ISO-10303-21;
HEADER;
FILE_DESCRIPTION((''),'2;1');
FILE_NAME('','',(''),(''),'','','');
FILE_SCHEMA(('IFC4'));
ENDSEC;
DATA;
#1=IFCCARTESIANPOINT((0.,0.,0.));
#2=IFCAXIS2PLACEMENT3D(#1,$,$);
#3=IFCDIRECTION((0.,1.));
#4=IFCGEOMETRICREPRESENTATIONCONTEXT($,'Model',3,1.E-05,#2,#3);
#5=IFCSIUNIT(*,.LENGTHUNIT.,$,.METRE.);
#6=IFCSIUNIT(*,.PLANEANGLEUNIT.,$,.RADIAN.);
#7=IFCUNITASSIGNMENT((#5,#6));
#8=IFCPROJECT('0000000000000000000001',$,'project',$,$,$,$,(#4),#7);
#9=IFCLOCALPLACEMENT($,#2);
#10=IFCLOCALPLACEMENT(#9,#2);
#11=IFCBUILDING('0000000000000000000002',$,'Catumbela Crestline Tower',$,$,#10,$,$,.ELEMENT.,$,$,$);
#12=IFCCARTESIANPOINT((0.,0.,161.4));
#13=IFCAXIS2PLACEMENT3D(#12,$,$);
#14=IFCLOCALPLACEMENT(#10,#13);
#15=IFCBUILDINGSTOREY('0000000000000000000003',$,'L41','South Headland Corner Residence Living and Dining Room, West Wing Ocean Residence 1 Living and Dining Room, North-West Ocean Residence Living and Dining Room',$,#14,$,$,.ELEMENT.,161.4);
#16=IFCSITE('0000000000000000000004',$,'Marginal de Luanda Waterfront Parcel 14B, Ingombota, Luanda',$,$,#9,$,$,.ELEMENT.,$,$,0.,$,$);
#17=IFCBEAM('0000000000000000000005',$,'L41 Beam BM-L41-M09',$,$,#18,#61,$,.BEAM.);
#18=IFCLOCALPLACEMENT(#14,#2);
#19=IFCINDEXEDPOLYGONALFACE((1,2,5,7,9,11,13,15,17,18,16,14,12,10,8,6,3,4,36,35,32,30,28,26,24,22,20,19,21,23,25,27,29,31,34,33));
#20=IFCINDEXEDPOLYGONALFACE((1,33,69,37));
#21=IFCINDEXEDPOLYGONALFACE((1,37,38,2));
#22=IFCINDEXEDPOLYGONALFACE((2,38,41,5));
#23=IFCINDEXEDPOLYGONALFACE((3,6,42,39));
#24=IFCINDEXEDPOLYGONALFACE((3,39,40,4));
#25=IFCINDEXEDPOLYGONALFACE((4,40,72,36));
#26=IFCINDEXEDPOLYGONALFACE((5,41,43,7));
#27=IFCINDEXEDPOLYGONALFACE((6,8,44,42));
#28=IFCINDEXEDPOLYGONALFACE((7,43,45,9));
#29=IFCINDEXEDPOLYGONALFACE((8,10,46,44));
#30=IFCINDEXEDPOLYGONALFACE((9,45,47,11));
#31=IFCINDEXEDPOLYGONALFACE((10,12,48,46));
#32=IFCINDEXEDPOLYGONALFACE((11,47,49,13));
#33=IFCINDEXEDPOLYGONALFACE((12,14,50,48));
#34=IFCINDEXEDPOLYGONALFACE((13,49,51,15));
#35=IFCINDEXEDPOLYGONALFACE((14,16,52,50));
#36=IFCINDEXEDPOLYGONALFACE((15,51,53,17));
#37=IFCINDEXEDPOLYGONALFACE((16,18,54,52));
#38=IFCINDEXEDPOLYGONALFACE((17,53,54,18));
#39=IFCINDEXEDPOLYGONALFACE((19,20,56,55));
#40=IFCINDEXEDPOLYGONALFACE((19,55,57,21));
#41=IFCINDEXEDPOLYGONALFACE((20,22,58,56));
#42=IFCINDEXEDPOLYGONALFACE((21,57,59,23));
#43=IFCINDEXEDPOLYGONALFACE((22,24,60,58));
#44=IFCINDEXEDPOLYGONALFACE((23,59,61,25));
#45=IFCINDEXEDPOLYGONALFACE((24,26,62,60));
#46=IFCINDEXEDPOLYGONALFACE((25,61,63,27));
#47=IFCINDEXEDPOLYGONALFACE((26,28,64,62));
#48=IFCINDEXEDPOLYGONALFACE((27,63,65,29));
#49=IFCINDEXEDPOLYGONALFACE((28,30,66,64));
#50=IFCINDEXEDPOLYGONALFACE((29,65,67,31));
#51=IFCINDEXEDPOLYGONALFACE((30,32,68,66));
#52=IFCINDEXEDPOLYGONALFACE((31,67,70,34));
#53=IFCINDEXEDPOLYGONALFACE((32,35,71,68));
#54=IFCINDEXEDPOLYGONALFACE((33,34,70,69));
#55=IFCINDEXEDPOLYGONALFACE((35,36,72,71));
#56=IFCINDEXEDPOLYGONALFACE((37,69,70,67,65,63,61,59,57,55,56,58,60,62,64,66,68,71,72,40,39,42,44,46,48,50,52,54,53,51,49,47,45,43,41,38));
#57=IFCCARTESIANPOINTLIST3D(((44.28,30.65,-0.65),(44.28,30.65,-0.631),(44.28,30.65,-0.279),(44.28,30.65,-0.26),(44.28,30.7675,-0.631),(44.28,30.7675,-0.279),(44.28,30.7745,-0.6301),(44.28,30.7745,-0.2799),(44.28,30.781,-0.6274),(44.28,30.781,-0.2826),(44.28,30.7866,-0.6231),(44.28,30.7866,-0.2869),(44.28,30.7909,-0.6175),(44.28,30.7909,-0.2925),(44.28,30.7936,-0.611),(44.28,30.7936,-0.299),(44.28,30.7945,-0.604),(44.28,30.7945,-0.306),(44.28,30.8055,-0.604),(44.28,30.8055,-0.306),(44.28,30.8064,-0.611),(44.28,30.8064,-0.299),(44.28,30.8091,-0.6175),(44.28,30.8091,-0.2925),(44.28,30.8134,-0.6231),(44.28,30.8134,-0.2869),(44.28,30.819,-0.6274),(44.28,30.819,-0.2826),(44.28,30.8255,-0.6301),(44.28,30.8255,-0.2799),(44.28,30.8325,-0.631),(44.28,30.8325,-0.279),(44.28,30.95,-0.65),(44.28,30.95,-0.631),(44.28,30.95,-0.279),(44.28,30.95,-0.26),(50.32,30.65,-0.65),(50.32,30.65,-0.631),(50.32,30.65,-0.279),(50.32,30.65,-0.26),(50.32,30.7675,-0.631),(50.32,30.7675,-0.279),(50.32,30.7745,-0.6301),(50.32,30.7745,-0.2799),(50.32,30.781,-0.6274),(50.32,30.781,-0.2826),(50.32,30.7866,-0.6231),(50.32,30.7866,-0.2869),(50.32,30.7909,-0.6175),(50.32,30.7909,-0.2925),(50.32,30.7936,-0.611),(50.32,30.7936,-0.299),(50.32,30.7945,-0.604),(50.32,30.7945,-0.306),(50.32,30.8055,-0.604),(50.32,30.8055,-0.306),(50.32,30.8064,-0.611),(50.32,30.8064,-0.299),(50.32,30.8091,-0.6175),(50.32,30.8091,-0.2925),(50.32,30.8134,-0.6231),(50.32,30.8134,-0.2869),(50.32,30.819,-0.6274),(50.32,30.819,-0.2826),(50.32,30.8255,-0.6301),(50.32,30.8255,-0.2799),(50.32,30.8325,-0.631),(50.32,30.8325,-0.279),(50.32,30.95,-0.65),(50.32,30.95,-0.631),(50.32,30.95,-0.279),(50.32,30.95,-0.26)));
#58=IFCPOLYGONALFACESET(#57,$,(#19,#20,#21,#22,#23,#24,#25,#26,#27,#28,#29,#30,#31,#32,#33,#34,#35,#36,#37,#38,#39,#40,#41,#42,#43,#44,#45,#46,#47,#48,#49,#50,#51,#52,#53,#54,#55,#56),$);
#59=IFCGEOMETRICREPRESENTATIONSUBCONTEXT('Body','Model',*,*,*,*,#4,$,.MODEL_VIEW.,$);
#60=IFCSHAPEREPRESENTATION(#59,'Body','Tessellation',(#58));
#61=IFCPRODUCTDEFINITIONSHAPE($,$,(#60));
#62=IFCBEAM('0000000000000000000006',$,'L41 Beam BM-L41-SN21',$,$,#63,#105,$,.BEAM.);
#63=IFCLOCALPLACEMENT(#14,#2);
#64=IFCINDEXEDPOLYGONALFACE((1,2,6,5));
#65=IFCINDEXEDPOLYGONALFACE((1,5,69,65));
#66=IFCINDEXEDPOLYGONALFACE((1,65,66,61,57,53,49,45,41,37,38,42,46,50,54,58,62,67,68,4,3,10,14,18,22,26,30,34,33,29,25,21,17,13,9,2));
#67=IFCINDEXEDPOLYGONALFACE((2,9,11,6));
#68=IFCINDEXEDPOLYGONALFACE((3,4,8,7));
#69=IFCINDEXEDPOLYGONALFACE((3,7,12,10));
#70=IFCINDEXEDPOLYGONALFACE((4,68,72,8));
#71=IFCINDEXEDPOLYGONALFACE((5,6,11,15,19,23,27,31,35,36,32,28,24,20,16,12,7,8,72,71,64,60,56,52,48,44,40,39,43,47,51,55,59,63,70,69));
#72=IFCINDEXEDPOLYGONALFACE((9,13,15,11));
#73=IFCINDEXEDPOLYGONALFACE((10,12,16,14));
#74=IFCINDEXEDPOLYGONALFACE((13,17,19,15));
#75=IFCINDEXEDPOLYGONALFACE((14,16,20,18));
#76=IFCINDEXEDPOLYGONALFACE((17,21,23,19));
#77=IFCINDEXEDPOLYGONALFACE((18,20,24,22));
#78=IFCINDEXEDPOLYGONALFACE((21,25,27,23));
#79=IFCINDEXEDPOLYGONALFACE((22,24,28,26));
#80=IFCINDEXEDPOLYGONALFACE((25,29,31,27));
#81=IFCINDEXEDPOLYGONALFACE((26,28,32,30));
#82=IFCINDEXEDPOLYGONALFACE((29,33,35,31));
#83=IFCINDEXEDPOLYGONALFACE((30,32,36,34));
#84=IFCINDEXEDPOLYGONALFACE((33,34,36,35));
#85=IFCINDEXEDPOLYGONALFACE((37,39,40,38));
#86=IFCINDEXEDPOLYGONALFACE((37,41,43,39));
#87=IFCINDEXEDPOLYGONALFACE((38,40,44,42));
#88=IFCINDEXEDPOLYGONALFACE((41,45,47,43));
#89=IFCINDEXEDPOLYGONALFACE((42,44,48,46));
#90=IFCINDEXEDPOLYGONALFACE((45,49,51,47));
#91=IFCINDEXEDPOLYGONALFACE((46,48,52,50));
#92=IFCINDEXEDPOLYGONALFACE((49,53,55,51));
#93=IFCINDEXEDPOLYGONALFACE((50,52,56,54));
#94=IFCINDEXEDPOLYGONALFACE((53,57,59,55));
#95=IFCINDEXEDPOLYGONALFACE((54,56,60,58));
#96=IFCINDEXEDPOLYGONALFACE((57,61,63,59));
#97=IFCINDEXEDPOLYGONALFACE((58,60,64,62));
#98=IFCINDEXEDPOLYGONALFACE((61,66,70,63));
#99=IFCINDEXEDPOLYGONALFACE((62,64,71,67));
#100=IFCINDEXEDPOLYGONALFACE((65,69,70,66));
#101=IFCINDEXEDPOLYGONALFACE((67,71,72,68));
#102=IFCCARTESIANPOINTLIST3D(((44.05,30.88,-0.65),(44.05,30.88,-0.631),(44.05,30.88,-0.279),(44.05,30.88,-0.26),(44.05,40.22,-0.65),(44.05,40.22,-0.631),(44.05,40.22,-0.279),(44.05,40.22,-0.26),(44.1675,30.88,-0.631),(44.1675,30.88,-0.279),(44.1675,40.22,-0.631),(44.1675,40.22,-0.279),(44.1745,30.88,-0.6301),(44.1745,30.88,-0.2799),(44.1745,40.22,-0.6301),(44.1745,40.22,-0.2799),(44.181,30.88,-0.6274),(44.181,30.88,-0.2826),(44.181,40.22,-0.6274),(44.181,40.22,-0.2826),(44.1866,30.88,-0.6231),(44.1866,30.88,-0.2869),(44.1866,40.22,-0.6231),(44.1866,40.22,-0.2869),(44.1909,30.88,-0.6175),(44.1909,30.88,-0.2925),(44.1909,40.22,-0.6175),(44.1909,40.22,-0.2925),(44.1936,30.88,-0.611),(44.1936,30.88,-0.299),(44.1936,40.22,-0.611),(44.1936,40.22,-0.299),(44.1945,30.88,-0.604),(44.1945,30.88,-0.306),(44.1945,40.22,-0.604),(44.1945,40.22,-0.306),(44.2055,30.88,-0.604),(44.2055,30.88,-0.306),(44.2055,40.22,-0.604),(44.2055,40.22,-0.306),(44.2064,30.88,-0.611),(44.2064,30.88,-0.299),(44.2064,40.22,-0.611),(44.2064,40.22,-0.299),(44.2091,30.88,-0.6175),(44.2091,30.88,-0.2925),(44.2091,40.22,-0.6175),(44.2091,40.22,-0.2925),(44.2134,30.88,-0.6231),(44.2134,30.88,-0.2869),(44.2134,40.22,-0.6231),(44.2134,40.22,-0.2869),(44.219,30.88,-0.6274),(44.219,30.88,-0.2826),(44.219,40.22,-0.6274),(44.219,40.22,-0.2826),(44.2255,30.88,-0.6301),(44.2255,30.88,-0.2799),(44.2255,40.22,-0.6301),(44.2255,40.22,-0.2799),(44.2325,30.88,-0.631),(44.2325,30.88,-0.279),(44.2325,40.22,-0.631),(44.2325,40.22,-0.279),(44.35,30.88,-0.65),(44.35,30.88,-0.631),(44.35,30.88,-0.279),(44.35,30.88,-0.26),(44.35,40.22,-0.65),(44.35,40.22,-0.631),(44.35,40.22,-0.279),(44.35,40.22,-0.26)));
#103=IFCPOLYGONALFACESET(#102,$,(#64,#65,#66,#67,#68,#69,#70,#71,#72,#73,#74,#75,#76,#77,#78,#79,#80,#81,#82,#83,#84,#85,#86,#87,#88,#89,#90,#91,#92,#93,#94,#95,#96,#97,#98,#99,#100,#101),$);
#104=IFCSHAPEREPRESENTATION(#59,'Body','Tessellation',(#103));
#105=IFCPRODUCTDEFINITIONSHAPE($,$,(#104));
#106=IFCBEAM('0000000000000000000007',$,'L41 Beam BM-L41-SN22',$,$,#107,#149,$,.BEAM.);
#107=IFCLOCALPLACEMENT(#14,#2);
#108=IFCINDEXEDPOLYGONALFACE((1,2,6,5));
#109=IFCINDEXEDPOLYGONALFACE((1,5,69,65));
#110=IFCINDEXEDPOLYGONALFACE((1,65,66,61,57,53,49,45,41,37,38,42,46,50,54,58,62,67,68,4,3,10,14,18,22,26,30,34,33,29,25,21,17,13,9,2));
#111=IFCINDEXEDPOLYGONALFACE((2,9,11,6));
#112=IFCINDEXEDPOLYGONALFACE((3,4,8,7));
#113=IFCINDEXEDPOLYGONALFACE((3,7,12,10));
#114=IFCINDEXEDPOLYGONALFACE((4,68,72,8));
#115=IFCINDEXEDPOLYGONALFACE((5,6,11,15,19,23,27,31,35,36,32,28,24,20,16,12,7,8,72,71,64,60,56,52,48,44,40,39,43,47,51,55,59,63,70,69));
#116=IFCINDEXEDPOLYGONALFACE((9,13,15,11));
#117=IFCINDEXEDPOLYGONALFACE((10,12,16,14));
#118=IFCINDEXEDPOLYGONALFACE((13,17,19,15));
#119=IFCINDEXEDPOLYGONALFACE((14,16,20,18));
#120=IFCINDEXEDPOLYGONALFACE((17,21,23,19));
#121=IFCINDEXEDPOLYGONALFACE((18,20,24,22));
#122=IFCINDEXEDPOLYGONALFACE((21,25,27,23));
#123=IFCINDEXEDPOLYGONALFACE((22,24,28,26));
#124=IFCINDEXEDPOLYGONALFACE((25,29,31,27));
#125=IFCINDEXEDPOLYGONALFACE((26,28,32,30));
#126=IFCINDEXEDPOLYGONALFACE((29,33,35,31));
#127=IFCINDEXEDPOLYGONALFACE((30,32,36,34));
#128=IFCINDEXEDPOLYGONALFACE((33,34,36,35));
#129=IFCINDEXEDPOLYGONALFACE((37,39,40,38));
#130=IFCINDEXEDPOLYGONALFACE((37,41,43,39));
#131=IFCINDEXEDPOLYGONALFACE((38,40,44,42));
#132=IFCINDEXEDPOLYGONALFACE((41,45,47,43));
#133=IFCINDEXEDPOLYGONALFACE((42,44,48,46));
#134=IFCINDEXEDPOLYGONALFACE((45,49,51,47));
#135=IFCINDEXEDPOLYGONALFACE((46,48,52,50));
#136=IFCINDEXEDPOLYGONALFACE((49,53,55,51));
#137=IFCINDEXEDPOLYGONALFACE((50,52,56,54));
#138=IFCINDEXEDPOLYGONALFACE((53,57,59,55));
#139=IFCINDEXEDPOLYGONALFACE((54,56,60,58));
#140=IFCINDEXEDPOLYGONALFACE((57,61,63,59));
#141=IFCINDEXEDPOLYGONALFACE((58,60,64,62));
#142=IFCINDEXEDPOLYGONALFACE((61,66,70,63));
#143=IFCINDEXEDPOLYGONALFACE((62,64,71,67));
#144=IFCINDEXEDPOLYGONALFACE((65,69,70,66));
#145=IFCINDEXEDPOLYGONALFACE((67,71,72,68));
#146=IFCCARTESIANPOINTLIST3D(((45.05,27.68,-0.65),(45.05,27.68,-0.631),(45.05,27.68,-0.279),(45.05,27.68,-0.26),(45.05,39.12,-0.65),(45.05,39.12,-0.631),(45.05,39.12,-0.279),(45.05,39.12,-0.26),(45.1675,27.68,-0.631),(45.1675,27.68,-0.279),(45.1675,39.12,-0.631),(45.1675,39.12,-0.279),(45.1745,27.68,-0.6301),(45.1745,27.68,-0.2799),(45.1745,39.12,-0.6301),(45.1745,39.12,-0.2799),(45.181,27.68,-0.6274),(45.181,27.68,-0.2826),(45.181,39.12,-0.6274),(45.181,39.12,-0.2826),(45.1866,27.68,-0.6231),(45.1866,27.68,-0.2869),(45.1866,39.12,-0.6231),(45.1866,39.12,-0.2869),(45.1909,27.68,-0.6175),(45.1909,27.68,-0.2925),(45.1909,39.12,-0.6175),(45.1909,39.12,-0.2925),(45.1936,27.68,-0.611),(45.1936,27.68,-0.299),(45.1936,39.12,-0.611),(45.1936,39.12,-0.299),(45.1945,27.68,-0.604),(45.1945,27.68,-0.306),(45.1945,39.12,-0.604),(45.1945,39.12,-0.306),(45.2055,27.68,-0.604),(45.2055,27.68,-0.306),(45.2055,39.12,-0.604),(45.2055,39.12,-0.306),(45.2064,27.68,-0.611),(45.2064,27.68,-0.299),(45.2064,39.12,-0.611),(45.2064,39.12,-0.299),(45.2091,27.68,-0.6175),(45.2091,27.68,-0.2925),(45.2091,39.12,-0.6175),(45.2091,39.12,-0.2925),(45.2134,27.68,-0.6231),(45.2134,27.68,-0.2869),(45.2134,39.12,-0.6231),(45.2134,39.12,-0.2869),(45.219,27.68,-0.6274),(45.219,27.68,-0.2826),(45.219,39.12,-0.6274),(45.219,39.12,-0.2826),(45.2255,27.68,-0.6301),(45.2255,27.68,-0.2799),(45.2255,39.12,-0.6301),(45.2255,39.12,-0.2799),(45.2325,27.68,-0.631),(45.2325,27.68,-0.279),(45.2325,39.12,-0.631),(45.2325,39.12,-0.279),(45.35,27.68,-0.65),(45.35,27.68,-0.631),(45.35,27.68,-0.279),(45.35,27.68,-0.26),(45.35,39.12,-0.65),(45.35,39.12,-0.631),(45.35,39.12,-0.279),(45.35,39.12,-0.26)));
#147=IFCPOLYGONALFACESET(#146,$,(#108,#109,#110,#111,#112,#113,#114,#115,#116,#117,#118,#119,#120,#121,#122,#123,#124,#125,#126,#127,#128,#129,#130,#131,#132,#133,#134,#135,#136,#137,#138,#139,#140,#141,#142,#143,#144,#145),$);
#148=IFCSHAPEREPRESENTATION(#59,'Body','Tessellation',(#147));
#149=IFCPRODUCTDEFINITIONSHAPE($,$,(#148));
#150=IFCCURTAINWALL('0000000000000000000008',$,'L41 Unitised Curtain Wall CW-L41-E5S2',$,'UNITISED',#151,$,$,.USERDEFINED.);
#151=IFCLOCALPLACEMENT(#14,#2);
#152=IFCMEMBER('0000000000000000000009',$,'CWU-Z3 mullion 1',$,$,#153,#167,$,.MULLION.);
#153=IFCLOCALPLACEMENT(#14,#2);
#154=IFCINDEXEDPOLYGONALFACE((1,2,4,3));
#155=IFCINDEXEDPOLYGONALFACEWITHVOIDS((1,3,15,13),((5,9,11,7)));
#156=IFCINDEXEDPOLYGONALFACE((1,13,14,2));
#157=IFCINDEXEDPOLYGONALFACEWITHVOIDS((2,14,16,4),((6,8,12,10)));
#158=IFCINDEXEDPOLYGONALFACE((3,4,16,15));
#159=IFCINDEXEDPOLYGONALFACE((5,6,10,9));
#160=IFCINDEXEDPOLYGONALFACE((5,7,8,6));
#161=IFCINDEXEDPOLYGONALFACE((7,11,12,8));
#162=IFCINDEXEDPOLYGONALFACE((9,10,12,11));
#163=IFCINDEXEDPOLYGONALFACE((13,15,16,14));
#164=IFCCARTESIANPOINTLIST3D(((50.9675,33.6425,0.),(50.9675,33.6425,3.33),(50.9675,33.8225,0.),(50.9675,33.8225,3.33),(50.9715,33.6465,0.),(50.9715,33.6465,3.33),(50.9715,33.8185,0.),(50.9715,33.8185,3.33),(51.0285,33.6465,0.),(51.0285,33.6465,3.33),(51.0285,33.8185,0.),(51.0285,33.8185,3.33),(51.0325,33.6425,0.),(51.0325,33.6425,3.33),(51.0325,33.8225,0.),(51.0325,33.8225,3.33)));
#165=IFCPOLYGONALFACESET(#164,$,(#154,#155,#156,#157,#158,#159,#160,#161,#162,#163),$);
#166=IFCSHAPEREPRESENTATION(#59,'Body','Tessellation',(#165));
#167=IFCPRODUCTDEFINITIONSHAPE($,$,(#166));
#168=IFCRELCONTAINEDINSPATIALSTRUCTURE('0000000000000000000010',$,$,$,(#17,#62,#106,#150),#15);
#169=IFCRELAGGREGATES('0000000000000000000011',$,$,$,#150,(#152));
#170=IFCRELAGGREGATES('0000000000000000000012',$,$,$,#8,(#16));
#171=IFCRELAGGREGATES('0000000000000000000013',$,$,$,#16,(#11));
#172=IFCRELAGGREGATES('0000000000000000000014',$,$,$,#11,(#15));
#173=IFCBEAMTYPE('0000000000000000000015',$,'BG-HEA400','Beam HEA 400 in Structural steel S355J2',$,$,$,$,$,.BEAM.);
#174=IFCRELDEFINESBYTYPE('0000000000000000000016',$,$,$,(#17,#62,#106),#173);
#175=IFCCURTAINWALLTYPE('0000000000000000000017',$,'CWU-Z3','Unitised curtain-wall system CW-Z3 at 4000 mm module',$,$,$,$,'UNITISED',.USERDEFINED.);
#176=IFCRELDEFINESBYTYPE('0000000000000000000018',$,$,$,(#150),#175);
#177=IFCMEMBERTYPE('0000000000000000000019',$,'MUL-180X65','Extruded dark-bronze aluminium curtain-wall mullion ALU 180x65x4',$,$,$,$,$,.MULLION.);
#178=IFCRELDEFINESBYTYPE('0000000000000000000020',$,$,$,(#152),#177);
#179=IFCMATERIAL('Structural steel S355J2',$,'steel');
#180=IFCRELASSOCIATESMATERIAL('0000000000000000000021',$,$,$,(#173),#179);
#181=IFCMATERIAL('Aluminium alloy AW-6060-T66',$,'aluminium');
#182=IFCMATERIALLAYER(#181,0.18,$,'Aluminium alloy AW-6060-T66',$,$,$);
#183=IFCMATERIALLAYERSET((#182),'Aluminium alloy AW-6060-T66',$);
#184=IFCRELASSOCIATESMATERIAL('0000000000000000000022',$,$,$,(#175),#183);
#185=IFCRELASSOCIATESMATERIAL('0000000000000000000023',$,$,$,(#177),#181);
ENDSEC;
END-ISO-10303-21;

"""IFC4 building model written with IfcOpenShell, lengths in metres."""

from ifc_helpers import new_model, si_unit, direction, frame, origin, origin_2d, place, context, subcontext, project, spatial, hollow_rectangle, i_section, extrude, material, layer, layer_set, material_profile, profile_set, type_object, element, aggregate, save


model = new_model("IFC4")

# Units and contexts
model_context = context("Model", 3, precision=1e-05, world=origin(), true_north=direction((0.0, 1.0)))
body_context = subcontext(model_context, "Body", "Model", "MODEL_VIEW")
ifc_project = project(units=[si_unit("LENGTHUNIT", "METRE"), si_unit("PLANEANGLEUNIT", "RADIAN")], contexts=[model_context])

# Site, building, storey
site_placement = place(None, origin())
site = spatial("IfcSite", under=ifc_project, at=site_placement, Name="Marginal de Luanda Waterfront Parcel 14B, Ingombota, Luanda", CompositionType="ELEMENT", RefElevation=0.0)
building_placement = place(site_placement, origin())
building = spatial("IfcBuilding", under=site, at=building_placement, Name="Catumbela Crestline Tower", CompositionType="ELEMENT")
storey_placement = place(building_placement, frame((0.0, 0.0, 161.4)))
storey = spatial("IfcBuildingStorey", under=building, at=storey_placement, Name="L41", Description="South Headland Corner Residence Living and Dining Room, West Wing Ocean Residence 1 Living and Dining Room, North-West Ocean Residence Living and Dining Room", CompositionType="ELEMENT", Elevation=161.4)

# Shared definitions
ifc_material_1 = material(Name="Structural steel S355J2", Category="steel")

# Beams
ifc_material_profile_1 = material_profile(ifc_material_1, i_section(OverallWidth=0.3, OverallDepth=0.39, WebThickness=0.011, FlangeThickness=0.019, FilletRadius=0.027, at=origin_2d()), Name="HEA 400")
ifc_profile_set_1 = profile_set([ifc_material_profile_1], Name="Structural steel S355J2")
beam_type_1 = type_object("IfcBeamType", Name="BG-HEA400", Description="Beam HEA 400 in Structural steel S355J2", PredefinedType="BEAM", material=ifc_profile_set_1)
beam_1_placement = place(storey_placement, frame((44.28, 30.8, -0.455), z_axis=(1.0, 0.0, 0.0), x_axis=(0.0, 1.0, 0.0)))
element("IfcBeam", 1, at=beam_1_placement, inside=storey, type_object=beam_type_1, Name="L41 Beam BM-L41-M09", PredefinedType="BEAM", context=body_context, shape_type="SweptSolid", body=[
    extrude(i_section(OverallWidth=0.3, OverallDepth=0.39, WebThickness=0.011, FlangeThickness=0.019, FilletRadius=0.027, at=origin_2d()), origin(), (0.0, 0.0, 1.0), 6.04),
])
beam_2_placement = place(storey_placement, frame((44.2, 30.88, -0.455), z_axis=(0.0, 1.0, 0.0), x_axis=(-1.0, 0.0, 0.0)))
element("IfcBeam", 2, at=beam_2_placement, inside=storey, type_object=beam_type_1, Name="L41 Beam BM-L41-SN21", PredefinedType="BEAM", context=body_context, shape_type="SweptSolid", body=[
    extrude(i_section(OverallWidth=0.3, OverallDepth=0.39, WebThickness=0.011, FlangeThickness=0.019, FilletRadius=0.027, at=origin_2d()), origin(), (0.0, 0.0, 1.0), 9.34),
])
beam_3_placement = place(storey_placement, frame((45.2, 27.68, -0.455), z_axis=(0.0, 1.0, 0.0), x_axis=(-1.0, 0.0, 0.0)))
element("IfcBeam", 3, at=beam_3_placement, inside=storey, type_object=beam_type_1, Name="L41 Beam BM-L41-SN22", PredefinedType="BEAM", context=body_context, shape_type="SweptSolid", body=[
    extrude(i_section(OverallWidth=0.3, OverallDepth=0.39, WebThickness=0.011, FlangeThickness=0.019, FilletRadius=0.027, at=origin_2d()), origin(), (0.0, 0.0, 1.0), 11.44),
])

# Curtain wall, member
ifc_material_2 = material(Name="Aluminium alloy AW-6060-T66", Category="aluminium")
ifc_layer_1 = layer(ifc_material_2, 0.18, Name="Aluminium alloy AW-6060-T66")
ifc_layer_set_1 = layer_set([ifc_layer_1], Name="Aluminium alloy AW-6060-T66")
curtain_wall_type = type_object("IfcCurtainWallType", Name="CWU-Z3", Description="Unitised curtain-wall system CW-Z3 at 4000 mm module", ElementType="UNITISED", PredefinedType="USERDEFINED", material=ifc_layer_set_1)
curtain_wall_placement = place(storey_placement, origin())
curtain_wall = element("IfcCurtainWall", 4, at=curtain_wall_placement, inside=storey, type_object=curtain_wall_type, Name="L41 Unitised Curtain Wall CW-L41-E5S2", ObjectType="UNITISED", PredefinedType="USERDEFINED")
ifc_material_profile_2 = material_profile(ifc_material_2, hollow_rectangle(XDim=0.065, YDim=0.18, WallThickness=0.004, at=origin_2d()), Name="ALU 180x65x4")
ifc_profile_set_2 = profile_set([ifc_material_profile_2], Name="Aluminium alloy AW-6060-T66")
member_type_1 = type_object("IfcMemberType", Name="MUL-180X65", Description="Extruded dark-bronze aluminium curtain-wall mullion ALU 180x65x4", PredefinedType="MULLION", material=ifc_profile_set_2)
member_1_placement = place(storey_placement, frame((51.0, 33.7325, 0.0), z_axis=(0.0, 0.0, 1.0), x_axis=(-1.0, 0.0, 0.0)))
member_1 = element("IfcMember", 5, at=member_1_placement, type_object=member_type_1, Name="CWU-Z3 mullion 1", PredefinedType="MULLION", context=body_context, shape_type="SweptSolid", body=[
    extrude(hollow_rectangle(XDim=0.065, YDim=0.18, WallThickness=0.004, at=origin_2d()), origin(), (0.0, 0.0, 1.0), 3.33),
])

aggregate(curtain_wall, [member_1])

save(model, "model.ifc")
